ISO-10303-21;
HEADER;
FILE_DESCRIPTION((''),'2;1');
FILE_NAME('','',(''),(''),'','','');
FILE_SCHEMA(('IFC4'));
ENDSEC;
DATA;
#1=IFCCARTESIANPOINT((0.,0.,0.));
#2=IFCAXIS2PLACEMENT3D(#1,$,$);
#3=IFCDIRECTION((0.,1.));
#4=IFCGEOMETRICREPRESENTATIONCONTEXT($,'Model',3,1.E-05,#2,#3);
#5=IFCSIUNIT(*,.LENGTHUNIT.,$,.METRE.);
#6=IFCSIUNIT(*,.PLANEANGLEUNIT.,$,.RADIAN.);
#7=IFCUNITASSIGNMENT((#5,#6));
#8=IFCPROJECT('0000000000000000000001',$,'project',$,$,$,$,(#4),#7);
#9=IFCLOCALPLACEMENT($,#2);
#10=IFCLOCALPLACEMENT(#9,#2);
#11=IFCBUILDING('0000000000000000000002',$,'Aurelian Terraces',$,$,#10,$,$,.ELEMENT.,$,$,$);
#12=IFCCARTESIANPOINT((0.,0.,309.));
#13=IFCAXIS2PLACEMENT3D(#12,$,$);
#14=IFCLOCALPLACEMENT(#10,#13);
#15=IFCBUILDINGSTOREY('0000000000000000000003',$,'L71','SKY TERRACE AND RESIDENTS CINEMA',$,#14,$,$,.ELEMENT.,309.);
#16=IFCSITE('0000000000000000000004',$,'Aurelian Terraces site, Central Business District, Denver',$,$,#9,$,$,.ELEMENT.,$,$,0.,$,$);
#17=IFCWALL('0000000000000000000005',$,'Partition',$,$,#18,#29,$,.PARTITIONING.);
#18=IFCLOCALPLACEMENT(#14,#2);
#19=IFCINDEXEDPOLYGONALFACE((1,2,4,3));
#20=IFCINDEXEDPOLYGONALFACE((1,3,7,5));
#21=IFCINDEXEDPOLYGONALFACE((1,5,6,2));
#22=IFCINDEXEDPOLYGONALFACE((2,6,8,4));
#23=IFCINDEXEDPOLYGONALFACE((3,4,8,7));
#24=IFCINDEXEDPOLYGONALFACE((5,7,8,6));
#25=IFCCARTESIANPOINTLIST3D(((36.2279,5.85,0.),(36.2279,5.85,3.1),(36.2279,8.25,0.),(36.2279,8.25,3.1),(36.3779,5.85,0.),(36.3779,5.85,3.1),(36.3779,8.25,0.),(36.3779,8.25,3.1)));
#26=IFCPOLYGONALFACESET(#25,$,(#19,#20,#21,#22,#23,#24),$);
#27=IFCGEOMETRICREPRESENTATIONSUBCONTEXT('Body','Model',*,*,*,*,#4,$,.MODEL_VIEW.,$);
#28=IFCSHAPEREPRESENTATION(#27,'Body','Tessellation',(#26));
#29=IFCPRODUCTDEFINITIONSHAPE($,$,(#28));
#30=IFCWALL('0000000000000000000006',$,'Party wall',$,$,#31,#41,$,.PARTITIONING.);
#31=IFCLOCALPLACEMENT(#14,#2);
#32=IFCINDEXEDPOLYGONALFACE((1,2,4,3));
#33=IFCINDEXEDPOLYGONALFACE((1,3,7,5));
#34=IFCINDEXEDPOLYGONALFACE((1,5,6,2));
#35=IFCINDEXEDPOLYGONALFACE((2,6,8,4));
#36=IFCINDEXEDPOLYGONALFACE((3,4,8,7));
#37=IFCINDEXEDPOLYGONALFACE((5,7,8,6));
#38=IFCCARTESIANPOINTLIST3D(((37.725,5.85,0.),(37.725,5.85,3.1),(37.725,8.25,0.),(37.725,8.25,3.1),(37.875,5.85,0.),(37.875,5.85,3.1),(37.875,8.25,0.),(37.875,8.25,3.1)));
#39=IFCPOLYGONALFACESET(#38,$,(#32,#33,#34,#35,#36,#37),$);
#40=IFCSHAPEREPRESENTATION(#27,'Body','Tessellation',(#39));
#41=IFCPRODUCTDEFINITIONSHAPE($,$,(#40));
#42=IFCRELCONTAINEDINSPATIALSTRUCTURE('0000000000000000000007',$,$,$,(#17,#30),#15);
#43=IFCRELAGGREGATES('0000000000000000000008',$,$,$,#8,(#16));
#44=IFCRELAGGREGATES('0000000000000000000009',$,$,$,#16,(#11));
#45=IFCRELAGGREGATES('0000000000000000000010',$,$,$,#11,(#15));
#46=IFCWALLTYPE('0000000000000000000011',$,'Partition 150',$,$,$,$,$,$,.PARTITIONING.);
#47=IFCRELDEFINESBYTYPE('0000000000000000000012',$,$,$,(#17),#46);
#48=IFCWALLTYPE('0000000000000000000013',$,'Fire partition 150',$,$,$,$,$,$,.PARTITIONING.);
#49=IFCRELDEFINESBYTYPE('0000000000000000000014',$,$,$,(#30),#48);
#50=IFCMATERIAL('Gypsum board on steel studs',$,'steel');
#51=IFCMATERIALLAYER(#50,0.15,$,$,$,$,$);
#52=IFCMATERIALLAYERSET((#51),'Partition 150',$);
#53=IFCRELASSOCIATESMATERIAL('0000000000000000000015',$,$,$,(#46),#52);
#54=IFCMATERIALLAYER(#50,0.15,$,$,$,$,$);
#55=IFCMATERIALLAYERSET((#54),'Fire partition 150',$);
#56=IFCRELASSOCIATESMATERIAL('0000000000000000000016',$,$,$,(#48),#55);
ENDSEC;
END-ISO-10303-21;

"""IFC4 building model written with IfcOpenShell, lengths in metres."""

from ifc_helpers import new_model, si_unit, direction, frame, frame_2d, origin, place, context, subcontext, project, spatial, rectangle, extrude, source, transform, mapped, material, layer, layer_set, type_object, element, save


model = new_model("IFC4")

# Units and contexts
model_context = context("Model", 3, precision=1e-05, world=origin(), true_north=direction((0.0, 1.0)))
body_context = subcontext(model_context, "Body", "Model", "MODEL_VIEW")
ifc_project = project(units=[si_unit("LENGTHUNIT", "METRE"), si_unit("PLANEANGLEUNIT", "RADIAN")], contexts=[model_context])

# Site, building, storey
site_placement = place(None, origin())
site = spatial("IfcSite", under=ifc_project, at=site_placement, Name="Aurelian Terraces site, Central Business District, Denver", CompositionType="ELEMENT", RefElevation=0.0)
building_placement = place(site_placement, origin())
building = spatial("IfcBuilding", under=site, at=building_placement, Name="Aurelian Terraces", CompositionType="ELEMENT")
storey_placement = place(building_placement, frame((0.0, 0.0, 309.0)))
storey = spatial("IfcBuildingStorey", under=building, at=storey_placement, Name="L71", Description="SKY TERRACE AND RESIDENTS CINEMA", CompositionType="ELEMENT", Elevation=309.0)

# Shared definitions
ifc_material_1 = material(Name="Gypsum board on steel studs", Category="steel")
ifc_layer_1 = layer(ifc_material_1, 0.15)
ifc_layer_set_1 = layer_set([ifc_layer_1], Name="Partition 150")
wall_type_1 = type_object("IfcWallType", Name="Partition 150", PredefinedType="PARTITIONING", material=ifc_layer_set_1)

# Shared definitions
ifc_layer_2 = layer(ifc_material_1, 0.15)
ifc_layer_set_2 = layer_set([ifc_layer_2], Name="Fire partition 150")
wall_type_2 = type_object("IfcWallType", Name="Fire partition 150", PredefinedType="PARTITIONING", material=ifc_layer_set_2)

# Shared definitions
shared_shape_1 = source(origin(), body_context, "Body", "SweptSolid", [
    extrude(rectangle(XDim=2.4, YDim=0.15, at=frame_2d((1.2, 0.0))), origin(), (0.0, 0.0, 1.0), 3.1),
])

# Walls
wall_1_placement = place(storey_placement, frame((36.3029, 5.85, 0.0), z_axis=(0.0, 0.0, 1.0), x_axis=(0.0, 1.0, 0.0)))
element("IfcWall", 1, at=wall_1_placement, inside=storey, type_object=wall_type_1, Name="Partition", PredefinedType="PARTITIONING", context=body_context, shape_type="MappedRepresentation", body=[
    mapped(shared_shape_1, transform((0.0, 0.0, 0.0), scale=1.0)),
])
wall_2_placement = place(storey_placement, frame((37.8, 5.85, 0.0), z_axis=(0.0, 0.0, 1.0), x_axis=(0.0, 1.0, 0.0)))
element("IfcWall", 2, at=wall_2_placement, inside=storey, type_object=wall_type_2, Name="Party wall", PredefinedType="PARTITIONING", context=body_context, shape_type="MappedRepresentation", body=[
    mapped(shared_shape_1, transform((0.0, 0.0, 0.0), scale=1.0)),
])

save(model, "model.ifc")
